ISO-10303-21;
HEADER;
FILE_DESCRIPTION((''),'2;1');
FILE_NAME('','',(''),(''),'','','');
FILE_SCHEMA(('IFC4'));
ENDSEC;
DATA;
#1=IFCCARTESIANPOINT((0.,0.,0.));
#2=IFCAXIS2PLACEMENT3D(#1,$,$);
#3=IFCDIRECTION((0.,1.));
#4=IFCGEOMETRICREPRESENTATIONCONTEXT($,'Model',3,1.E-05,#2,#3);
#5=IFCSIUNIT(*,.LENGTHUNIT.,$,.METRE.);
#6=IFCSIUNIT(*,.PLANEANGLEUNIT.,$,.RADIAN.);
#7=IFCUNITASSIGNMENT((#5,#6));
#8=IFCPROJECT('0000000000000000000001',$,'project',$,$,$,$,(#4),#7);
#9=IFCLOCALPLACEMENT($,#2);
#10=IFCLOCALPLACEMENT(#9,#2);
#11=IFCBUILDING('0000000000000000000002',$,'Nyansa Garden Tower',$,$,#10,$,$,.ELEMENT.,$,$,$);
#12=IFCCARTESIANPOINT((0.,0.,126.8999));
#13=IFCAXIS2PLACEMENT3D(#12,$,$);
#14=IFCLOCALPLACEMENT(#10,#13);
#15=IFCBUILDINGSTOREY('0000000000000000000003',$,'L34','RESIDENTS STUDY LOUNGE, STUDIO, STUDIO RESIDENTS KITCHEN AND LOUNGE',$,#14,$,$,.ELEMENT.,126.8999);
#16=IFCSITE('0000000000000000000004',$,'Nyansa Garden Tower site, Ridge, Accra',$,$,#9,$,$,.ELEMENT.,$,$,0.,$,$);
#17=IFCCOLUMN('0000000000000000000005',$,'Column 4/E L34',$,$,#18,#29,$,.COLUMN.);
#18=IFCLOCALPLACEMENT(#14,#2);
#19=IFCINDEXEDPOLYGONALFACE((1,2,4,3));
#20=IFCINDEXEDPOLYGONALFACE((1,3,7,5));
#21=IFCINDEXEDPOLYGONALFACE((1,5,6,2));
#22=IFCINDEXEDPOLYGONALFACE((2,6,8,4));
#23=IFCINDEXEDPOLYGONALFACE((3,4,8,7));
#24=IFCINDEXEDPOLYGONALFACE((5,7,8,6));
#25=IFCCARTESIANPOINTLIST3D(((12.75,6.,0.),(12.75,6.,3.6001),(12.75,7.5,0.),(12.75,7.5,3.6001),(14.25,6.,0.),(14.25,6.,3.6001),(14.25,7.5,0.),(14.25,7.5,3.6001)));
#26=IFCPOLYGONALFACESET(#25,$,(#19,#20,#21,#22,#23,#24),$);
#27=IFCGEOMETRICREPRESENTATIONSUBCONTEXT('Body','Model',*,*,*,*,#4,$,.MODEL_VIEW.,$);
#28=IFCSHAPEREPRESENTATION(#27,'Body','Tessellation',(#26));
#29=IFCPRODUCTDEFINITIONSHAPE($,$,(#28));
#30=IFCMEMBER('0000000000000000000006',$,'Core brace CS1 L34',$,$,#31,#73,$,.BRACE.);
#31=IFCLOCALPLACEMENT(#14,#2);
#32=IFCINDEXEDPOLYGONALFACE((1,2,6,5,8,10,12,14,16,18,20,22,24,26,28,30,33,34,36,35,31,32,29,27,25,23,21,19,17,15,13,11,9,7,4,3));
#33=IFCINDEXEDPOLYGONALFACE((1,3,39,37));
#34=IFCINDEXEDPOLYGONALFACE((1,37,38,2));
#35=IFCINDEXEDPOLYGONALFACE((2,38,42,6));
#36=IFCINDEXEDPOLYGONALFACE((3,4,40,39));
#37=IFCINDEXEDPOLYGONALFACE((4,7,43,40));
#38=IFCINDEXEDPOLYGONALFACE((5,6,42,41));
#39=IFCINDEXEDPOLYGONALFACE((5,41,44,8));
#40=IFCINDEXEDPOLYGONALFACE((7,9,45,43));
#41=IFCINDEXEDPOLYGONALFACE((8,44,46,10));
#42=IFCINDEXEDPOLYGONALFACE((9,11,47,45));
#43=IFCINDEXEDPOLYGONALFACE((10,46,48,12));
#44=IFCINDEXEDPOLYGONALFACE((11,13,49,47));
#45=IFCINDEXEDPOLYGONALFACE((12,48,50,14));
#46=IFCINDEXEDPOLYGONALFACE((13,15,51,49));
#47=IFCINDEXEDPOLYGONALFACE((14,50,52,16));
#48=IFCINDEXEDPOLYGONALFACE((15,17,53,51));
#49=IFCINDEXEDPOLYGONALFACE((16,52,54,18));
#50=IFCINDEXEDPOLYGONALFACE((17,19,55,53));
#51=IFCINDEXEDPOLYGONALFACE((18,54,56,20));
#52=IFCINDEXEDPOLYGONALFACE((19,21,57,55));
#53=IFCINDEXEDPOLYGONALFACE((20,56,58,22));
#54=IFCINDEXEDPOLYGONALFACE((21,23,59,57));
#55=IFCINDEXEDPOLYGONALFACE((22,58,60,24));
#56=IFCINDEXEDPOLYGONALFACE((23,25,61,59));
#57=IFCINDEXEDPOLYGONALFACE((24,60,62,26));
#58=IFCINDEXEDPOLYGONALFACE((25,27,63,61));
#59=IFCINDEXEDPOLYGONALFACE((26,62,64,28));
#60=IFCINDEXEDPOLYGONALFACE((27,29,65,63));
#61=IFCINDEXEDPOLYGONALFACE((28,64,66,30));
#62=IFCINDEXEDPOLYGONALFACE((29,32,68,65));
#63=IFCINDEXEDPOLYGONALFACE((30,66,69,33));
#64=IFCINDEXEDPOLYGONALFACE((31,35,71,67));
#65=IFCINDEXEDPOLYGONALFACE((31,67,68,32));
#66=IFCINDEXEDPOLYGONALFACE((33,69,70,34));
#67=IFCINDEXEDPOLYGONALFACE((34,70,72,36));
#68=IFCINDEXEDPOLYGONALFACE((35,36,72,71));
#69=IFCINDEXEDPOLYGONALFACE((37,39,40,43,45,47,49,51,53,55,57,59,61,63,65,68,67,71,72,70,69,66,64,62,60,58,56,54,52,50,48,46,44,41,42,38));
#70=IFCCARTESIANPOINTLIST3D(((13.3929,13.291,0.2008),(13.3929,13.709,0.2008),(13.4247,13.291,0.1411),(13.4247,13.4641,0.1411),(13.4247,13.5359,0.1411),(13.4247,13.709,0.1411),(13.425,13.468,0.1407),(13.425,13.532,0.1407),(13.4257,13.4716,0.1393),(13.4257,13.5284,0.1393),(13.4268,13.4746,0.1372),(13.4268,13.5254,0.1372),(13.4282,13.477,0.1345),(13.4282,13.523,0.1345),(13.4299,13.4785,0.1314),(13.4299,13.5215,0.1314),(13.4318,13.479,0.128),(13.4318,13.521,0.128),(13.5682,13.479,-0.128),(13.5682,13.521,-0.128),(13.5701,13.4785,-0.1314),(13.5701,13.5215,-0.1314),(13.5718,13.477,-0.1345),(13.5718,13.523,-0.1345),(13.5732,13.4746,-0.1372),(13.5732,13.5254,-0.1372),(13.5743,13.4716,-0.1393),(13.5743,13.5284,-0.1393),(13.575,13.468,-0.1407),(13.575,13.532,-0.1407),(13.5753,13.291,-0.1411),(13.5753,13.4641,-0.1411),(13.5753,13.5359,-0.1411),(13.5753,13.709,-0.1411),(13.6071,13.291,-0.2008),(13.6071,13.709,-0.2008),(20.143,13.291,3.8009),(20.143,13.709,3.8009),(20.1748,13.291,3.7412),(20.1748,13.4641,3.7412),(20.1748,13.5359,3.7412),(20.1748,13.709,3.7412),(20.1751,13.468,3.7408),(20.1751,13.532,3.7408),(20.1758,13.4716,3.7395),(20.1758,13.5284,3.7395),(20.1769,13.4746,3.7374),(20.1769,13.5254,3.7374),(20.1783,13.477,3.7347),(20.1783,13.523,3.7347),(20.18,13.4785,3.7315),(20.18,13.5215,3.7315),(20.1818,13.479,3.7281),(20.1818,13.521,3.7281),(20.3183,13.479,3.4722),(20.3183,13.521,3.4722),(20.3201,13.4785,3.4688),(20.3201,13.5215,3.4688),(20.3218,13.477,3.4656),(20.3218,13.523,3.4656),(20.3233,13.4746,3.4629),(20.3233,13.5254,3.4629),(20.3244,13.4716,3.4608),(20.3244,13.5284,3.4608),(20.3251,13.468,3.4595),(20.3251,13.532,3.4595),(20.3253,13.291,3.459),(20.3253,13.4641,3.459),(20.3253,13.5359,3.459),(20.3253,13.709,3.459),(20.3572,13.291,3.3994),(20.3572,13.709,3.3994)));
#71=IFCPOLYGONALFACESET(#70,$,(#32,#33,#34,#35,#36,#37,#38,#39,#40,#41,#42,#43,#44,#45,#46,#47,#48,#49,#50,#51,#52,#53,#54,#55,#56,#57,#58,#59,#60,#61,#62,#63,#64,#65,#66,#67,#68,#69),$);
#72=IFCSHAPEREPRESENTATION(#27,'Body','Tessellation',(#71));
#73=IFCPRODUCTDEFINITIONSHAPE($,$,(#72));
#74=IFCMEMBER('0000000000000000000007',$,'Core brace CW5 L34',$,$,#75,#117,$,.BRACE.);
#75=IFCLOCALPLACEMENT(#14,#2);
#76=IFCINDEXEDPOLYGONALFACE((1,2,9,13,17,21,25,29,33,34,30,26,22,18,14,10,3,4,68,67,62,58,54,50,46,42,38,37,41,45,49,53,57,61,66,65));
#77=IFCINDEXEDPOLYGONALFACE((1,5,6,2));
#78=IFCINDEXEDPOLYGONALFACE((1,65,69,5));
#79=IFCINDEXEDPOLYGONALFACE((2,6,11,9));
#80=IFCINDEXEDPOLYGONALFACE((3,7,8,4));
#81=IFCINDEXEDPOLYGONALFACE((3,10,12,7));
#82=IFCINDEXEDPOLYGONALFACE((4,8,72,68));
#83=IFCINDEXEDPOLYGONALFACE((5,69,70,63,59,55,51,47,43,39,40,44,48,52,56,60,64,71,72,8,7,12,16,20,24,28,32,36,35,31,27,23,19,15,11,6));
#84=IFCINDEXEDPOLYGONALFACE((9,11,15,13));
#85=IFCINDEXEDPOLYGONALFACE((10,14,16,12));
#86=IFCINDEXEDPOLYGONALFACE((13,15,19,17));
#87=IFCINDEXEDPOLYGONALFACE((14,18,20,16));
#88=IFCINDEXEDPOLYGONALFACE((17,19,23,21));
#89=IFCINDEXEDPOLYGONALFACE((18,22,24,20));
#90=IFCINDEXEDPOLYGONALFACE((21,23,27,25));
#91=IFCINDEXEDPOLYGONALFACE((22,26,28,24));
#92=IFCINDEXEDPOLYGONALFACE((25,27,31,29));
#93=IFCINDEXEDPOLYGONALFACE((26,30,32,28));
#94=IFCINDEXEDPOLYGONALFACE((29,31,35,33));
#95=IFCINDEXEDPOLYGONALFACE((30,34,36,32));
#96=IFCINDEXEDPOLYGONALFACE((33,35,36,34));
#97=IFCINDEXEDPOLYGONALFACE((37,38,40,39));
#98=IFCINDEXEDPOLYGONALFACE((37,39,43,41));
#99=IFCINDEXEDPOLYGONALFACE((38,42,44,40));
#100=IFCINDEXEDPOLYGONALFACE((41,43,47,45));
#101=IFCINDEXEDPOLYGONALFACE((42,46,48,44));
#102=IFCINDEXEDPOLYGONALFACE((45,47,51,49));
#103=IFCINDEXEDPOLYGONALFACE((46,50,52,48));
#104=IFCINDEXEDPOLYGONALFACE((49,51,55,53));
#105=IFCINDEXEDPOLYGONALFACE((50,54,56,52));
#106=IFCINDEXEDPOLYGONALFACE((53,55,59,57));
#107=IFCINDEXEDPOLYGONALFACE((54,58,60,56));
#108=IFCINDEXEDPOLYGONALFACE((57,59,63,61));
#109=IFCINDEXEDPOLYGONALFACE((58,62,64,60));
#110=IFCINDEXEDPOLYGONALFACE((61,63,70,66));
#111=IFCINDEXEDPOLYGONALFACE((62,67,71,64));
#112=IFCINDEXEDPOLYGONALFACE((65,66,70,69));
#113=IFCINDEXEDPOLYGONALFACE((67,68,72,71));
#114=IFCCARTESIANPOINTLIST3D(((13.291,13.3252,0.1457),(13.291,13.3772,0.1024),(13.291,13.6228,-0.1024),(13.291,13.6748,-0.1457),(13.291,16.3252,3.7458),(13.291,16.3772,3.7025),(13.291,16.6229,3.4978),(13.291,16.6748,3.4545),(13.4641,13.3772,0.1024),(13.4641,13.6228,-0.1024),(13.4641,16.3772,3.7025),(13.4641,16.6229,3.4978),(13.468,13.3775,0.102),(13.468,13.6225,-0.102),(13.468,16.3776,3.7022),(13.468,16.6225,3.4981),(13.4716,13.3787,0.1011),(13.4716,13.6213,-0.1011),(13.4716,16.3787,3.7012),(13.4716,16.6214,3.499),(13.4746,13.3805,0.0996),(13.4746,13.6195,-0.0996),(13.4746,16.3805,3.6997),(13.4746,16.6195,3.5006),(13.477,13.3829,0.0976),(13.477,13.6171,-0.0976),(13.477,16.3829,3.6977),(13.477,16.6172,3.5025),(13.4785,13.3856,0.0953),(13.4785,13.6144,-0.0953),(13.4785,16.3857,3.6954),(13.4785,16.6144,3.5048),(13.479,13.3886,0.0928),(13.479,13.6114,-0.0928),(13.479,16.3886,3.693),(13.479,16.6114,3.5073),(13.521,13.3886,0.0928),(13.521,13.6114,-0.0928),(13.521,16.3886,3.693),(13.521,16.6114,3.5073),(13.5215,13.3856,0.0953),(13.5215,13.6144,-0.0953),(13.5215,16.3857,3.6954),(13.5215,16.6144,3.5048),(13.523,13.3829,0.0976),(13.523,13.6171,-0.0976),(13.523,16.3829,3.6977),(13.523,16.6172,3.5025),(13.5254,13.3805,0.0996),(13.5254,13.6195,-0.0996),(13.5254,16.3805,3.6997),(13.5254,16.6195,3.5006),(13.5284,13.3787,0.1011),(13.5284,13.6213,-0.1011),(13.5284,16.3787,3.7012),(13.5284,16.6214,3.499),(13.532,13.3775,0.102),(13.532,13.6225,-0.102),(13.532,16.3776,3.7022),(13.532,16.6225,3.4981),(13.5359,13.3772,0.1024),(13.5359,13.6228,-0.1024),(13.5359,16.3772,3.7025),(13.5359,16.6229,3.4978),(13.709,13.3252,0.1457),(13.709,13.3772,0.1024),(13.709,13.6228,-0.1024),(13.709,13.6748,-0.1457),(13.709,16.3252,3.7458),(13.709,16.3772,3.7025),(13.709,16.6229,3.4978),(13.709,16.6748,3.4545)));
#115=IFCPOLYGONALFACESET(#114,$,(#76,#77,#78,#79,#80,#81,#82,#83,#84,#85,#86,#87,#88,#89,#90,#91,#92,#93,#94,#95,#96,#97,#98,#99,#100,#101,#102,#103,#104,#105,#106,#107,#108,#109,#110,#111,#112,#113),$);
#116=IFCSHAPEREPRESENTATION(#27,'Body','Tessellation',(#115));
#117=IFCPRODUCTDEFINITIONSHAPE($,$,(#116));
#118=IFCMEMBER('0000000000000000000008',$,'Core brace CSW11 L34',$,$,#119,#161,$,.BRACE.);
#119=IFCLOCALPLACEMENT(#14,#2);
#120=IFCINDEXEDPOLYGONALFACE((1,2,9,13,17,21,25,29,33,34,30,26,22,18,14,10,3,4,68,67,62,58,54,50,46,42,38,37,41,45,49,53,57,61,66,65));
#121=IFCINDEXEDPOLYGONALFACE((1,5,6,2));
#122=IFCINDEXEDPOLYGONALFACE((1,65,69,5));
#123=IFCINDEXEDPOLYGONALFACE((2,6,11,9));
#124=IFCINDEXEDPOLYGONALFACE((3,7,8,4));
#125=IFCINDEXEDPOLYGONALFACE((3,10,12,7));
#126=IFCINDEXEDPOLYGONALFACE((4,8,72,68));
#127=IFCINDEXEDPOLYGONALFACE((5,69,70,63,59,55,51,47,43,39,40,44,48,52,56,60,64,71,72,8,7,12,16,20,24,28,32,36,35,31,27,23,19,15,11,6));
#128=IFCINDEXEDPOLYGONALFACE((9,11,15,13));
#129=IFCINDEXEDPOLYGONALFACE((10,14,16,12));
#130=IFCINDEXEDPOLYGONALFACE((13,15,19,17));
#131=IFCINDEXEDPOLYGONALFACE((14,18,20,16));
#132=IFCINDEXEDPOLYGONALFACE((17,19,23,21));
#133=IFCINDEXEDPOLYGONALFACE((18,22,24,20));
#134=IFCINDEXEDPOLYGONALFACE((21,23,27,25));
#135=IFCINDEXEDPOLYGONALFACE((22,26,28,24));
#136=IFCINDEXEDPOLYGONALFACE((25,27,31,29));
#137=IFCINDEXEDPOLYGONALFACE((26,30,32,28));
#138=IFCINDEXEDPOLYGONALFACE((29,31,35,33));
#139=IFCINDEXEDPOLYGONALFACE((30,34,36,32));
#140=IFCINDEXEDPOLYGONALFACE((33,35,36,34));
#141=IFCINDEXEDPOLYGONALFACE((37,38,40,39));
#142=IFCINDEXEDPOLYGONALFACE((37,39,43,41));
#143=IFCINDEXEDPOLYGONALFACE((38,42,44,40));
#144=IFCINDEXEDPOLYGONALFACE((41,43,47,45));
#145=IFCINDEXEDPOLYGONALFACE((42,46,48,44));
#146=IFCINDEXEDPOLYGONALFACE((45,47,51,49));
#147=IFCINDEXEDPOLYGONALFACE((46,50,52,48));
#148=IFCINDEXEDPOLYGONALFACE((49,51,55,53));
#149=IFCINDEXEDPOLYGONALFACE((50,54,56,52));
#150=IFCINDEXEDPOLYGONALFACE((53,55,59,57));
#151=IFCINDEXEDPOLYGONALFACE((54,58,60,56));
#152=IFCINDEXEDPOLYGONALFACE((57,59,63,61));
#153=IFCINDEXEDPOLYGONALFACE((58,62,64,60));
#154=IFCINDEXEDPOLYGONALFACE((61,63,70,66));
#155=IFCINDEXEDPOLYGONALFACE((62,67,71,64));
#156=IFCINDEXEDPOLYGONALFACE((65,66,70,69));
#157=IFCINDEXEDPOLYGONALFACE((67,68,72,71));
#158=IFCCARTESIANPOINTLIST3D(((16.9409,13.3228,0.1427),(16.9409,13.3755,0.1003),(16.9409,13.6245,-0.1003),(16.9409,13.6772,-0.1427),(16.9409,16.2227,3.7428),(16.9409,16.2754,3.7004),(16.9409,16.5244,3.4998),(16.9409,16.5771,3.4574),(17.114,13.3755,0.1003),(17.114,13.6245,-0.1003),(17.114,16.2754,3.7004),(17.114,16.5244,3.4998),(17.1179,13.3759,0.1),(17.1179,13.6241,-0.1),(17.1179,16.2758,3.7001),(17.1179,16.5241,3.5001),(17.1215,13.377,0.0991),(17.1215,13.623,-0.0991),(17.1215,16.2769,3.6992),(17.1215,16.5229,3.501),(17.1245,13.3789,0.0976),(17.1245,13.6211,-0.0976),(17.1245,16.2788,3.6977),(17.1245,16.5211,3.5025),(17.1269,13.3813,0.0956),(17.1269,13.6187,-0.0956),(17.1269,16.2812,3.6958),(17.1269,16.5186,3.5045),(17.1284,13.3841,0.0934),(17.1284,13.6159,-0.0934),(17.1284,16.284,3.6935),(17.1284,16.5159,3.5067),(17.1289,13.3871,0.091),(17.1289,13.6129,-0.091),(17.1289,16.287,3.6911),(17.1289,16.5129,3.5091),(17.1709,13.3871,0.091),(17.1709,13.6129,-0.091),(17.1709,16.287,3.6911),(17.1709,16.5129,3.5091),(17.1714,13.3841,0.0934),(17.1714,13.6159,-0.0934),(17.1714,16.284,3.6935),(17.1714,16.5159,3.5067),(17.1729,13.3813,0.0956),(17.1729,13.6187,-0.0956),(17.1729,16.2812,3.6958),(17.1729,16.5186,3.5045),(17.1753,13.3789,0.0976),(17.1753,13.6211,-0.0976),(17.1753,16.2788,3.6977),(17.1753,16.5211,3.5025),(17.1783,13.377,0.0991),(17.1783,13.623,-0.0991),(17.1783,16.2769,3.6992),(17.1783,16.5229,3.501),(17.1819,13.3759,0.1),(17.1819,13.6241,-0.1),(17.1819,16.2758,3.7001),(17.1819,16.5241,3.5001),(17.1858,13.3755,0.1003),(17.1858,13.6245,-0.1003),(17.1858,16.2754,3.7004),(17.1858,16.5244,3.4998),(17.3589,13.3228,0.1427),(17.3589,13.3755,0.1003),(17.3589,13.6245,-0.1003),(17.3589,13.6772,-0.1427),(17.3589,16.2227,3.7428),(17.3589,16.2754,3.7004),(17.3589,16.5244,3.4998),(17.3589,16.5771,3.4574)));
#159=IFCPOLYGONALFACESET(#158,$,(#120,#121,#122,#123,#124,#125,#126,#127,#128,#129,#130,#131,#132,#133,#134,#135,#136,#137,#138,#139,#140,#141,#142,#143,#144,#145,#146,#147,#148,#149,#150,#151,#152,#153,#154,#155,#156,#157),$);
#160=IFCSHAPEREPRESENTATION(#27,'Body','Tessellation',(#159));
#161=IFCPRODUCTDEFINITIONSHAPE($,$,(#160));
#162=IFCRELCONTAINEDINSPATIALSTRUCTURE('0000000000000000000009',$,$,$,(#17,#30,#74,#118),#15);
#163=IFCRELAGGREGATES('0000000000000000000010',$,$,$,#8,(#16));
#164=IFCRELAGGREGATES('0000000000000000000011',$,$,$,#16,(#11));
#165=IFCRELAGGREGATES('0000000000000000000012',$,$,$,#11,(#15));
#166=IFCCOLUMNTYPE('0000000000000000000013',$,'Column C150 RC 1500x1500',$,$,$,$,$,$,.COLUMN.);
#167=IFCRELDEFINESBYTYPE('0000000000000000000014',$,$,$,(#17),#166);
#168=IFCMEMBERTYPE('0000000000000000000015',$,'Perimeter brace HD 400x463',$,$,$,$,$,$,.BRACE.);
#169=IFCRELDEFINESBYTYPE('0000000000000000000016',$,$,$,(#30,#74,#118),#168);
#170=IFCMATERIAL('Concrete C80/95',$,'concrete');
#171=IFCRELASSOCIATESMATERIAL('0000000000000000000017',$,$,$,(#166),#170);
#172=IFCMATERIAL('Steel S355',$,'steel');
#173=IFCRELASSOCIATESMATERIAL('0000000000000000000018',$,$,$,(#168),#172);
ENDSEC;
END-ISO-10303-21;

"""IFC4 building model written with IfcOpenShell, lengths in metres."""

from ifc_helpers import new_model, si_unit, direction, frame, origin, origin_2d, place, context, subcontext, project, spatial, rectangle, i_section, extrude, material, material_profile, profile_set, type_object, element, save


model = new_model("IFC4")

# Units and contexts
model_context = context("Model", 3, precision=1e-05, world=origin(), true_north=direction((0.0, 1.0)))
body_context = subcontext(model_context, "Body", "Model", "MODEL_VIEW")
ifc_project = project(units=[si_unit("LENGTHUNIT", "METRE"), si_unit("PLANEANGLEUNIT", "RADIAN")], contexts=[model_context])

# Site, building, storey
site_placement = place(None, origin())
site = spatial("IfcSite", under=ifc_project, at=site_placement, Name="Nyansa Garden Tower site, Ridge, Accra", CompositionType="ELEMENT", RefElevation=0.0)
building_placement = place(site_placement, origin())
building = spatial("IfcBuilding", under=site, at=building_placement, Name="Nyansa Garden Tower", CompositionType="ELEMENT")
storey_placement = place(building_placement, frame((0.0, 0.0, 126.8999)))
storey = spatial("IfcBuildingStorey", under=building, at=storey_placement, Name="L34", Description="RESIDENTS STUDY LOUNGE, STUDIO, STUDIO RESIDENTS KITCHEN AND LOUNGE", CompositionType="ELEMENT", Elevation=126.8999)

# Column
ifc_material_1 = material(Name="Concrete C80/95", Category="concrete")
ifc_material_profile_1 = material_profile(ifc_material_1, rectangle(XDim=1.5, YDim=1.5, at=origin_2d()), Name="RC 1500x1500")
ifc_profile_set_1 = profile_set([ifc_material_profile_1], Name="Concrete C80/95")
column_type = type_object("IfcColumnType", Name="Column C150 RC 1500x1500", PredefinedType="COLUMN", material=ifc_profile_set_1)
column_placement = place(storey_placement, frame((13.5, 6.75, 0.0), z_axis=(0.0, 0.0, 1.0), x_axis=(1.0, 0.0, 0.0)))
element("IfcColumn", 1, at=column_placement, inside=storey, type_object=column_type, Name="Column 4/E L34", PredefinedType="COLUMN", context=body_context, shape_type="SweptSolid", body=[
    extrude(rectangle(XDim=1.5, YDim=1.5, at=origin_2d()), origin(), (0.0, 0.0, 1.0), 3.6001),
])

# Members
ifc_material_2 = material(Name="Steel S355", Category="steel")
ifc_material_profile_2 = material_profile(ifc_material_2, i_section(OverallWidth=0.418, OverallDepth=0.4551, WebThickness=0.042, FlangeThickness=0.0676, FilletRadius=0.0149, at=origin_2d()), Name="HD 400x463")
ifc_profile_set_2 = profile_set([ifc_material_profile_2], Name="Steel S355")
member_type = type_object("IfcMemberType", Name="Perimeter brace HD 400x463", PredefinedType="BRACE", material=ifc_profile_set_2)
member_1_placement = place(storey_placement, frame((13.5, 13.5, 0.0), z_axis=(0.882348, 0.0, 0.470598), x_axis=(0.0, 1.0, 0.0)))
element("IfcMember", 2, at=member_1_placement, inside=storey, type_object=member_type, Name="Core brace CS1 L34", PredefinedType="BRACE", context=body_context, shape_type="SweptSolid", body=[
    extrude(i_section(OverallWidth=0.418, OverallDepth=0.4551, WebThickness=0.042, FlangeThickness=0.0676, FilletRadius=0.0149, at=origin_2d()), origin(), (0.0, 0.0, 1.0), 7.6501),
])
member_2_placement = place(storey_placement, frame((13.5, 13.5, 0.0), z_axis=(0.0, 0.640174, 0.76823), x_axis=(-1.0, 0.0, 0.0)))
element("IfcMember", 3, at=member_2_placement, inside=storey, type_object=member_type, Name="Core brace CW5 L34", PredefinedType="BRACE", context=body_context, shape_type="SweptSolid", body=[
    extrude(i_section(OverallWidth=0.418, OverallDepth=0.4551, WebThickness=0.042, FlangeThickness=0.0676, FilletRadius=0.0149, at=origin_2d()), origin(), (0.0, 0.0, 1.0), 4.6863),
])
member_3_placement = place(storey_placement, frame((17.1499, 13.5, 0.0), z_axis=(0.0, 0.627306, 0.778773), x_axis=(-1.0, 0.0, 0.0)))
element("IfcMember", 4, at=member_3_placement, inside=storey, type_object=member_type, Name="Core brace CSW11 L34", PredefinedType="BRACE", context=body_context, shape_type="SweptSolid", body=[
    extrude(i_section(OverallWidth=0.418, OverallDepth=0.4551, WebThickness=0.042, FlangeThickness=0.0676, FilletRadius=0.0149, at=origin_2d()), origin(), (0.0, 0.0, 1.0), 4.6228),
])

save(model, "model.ifc")
